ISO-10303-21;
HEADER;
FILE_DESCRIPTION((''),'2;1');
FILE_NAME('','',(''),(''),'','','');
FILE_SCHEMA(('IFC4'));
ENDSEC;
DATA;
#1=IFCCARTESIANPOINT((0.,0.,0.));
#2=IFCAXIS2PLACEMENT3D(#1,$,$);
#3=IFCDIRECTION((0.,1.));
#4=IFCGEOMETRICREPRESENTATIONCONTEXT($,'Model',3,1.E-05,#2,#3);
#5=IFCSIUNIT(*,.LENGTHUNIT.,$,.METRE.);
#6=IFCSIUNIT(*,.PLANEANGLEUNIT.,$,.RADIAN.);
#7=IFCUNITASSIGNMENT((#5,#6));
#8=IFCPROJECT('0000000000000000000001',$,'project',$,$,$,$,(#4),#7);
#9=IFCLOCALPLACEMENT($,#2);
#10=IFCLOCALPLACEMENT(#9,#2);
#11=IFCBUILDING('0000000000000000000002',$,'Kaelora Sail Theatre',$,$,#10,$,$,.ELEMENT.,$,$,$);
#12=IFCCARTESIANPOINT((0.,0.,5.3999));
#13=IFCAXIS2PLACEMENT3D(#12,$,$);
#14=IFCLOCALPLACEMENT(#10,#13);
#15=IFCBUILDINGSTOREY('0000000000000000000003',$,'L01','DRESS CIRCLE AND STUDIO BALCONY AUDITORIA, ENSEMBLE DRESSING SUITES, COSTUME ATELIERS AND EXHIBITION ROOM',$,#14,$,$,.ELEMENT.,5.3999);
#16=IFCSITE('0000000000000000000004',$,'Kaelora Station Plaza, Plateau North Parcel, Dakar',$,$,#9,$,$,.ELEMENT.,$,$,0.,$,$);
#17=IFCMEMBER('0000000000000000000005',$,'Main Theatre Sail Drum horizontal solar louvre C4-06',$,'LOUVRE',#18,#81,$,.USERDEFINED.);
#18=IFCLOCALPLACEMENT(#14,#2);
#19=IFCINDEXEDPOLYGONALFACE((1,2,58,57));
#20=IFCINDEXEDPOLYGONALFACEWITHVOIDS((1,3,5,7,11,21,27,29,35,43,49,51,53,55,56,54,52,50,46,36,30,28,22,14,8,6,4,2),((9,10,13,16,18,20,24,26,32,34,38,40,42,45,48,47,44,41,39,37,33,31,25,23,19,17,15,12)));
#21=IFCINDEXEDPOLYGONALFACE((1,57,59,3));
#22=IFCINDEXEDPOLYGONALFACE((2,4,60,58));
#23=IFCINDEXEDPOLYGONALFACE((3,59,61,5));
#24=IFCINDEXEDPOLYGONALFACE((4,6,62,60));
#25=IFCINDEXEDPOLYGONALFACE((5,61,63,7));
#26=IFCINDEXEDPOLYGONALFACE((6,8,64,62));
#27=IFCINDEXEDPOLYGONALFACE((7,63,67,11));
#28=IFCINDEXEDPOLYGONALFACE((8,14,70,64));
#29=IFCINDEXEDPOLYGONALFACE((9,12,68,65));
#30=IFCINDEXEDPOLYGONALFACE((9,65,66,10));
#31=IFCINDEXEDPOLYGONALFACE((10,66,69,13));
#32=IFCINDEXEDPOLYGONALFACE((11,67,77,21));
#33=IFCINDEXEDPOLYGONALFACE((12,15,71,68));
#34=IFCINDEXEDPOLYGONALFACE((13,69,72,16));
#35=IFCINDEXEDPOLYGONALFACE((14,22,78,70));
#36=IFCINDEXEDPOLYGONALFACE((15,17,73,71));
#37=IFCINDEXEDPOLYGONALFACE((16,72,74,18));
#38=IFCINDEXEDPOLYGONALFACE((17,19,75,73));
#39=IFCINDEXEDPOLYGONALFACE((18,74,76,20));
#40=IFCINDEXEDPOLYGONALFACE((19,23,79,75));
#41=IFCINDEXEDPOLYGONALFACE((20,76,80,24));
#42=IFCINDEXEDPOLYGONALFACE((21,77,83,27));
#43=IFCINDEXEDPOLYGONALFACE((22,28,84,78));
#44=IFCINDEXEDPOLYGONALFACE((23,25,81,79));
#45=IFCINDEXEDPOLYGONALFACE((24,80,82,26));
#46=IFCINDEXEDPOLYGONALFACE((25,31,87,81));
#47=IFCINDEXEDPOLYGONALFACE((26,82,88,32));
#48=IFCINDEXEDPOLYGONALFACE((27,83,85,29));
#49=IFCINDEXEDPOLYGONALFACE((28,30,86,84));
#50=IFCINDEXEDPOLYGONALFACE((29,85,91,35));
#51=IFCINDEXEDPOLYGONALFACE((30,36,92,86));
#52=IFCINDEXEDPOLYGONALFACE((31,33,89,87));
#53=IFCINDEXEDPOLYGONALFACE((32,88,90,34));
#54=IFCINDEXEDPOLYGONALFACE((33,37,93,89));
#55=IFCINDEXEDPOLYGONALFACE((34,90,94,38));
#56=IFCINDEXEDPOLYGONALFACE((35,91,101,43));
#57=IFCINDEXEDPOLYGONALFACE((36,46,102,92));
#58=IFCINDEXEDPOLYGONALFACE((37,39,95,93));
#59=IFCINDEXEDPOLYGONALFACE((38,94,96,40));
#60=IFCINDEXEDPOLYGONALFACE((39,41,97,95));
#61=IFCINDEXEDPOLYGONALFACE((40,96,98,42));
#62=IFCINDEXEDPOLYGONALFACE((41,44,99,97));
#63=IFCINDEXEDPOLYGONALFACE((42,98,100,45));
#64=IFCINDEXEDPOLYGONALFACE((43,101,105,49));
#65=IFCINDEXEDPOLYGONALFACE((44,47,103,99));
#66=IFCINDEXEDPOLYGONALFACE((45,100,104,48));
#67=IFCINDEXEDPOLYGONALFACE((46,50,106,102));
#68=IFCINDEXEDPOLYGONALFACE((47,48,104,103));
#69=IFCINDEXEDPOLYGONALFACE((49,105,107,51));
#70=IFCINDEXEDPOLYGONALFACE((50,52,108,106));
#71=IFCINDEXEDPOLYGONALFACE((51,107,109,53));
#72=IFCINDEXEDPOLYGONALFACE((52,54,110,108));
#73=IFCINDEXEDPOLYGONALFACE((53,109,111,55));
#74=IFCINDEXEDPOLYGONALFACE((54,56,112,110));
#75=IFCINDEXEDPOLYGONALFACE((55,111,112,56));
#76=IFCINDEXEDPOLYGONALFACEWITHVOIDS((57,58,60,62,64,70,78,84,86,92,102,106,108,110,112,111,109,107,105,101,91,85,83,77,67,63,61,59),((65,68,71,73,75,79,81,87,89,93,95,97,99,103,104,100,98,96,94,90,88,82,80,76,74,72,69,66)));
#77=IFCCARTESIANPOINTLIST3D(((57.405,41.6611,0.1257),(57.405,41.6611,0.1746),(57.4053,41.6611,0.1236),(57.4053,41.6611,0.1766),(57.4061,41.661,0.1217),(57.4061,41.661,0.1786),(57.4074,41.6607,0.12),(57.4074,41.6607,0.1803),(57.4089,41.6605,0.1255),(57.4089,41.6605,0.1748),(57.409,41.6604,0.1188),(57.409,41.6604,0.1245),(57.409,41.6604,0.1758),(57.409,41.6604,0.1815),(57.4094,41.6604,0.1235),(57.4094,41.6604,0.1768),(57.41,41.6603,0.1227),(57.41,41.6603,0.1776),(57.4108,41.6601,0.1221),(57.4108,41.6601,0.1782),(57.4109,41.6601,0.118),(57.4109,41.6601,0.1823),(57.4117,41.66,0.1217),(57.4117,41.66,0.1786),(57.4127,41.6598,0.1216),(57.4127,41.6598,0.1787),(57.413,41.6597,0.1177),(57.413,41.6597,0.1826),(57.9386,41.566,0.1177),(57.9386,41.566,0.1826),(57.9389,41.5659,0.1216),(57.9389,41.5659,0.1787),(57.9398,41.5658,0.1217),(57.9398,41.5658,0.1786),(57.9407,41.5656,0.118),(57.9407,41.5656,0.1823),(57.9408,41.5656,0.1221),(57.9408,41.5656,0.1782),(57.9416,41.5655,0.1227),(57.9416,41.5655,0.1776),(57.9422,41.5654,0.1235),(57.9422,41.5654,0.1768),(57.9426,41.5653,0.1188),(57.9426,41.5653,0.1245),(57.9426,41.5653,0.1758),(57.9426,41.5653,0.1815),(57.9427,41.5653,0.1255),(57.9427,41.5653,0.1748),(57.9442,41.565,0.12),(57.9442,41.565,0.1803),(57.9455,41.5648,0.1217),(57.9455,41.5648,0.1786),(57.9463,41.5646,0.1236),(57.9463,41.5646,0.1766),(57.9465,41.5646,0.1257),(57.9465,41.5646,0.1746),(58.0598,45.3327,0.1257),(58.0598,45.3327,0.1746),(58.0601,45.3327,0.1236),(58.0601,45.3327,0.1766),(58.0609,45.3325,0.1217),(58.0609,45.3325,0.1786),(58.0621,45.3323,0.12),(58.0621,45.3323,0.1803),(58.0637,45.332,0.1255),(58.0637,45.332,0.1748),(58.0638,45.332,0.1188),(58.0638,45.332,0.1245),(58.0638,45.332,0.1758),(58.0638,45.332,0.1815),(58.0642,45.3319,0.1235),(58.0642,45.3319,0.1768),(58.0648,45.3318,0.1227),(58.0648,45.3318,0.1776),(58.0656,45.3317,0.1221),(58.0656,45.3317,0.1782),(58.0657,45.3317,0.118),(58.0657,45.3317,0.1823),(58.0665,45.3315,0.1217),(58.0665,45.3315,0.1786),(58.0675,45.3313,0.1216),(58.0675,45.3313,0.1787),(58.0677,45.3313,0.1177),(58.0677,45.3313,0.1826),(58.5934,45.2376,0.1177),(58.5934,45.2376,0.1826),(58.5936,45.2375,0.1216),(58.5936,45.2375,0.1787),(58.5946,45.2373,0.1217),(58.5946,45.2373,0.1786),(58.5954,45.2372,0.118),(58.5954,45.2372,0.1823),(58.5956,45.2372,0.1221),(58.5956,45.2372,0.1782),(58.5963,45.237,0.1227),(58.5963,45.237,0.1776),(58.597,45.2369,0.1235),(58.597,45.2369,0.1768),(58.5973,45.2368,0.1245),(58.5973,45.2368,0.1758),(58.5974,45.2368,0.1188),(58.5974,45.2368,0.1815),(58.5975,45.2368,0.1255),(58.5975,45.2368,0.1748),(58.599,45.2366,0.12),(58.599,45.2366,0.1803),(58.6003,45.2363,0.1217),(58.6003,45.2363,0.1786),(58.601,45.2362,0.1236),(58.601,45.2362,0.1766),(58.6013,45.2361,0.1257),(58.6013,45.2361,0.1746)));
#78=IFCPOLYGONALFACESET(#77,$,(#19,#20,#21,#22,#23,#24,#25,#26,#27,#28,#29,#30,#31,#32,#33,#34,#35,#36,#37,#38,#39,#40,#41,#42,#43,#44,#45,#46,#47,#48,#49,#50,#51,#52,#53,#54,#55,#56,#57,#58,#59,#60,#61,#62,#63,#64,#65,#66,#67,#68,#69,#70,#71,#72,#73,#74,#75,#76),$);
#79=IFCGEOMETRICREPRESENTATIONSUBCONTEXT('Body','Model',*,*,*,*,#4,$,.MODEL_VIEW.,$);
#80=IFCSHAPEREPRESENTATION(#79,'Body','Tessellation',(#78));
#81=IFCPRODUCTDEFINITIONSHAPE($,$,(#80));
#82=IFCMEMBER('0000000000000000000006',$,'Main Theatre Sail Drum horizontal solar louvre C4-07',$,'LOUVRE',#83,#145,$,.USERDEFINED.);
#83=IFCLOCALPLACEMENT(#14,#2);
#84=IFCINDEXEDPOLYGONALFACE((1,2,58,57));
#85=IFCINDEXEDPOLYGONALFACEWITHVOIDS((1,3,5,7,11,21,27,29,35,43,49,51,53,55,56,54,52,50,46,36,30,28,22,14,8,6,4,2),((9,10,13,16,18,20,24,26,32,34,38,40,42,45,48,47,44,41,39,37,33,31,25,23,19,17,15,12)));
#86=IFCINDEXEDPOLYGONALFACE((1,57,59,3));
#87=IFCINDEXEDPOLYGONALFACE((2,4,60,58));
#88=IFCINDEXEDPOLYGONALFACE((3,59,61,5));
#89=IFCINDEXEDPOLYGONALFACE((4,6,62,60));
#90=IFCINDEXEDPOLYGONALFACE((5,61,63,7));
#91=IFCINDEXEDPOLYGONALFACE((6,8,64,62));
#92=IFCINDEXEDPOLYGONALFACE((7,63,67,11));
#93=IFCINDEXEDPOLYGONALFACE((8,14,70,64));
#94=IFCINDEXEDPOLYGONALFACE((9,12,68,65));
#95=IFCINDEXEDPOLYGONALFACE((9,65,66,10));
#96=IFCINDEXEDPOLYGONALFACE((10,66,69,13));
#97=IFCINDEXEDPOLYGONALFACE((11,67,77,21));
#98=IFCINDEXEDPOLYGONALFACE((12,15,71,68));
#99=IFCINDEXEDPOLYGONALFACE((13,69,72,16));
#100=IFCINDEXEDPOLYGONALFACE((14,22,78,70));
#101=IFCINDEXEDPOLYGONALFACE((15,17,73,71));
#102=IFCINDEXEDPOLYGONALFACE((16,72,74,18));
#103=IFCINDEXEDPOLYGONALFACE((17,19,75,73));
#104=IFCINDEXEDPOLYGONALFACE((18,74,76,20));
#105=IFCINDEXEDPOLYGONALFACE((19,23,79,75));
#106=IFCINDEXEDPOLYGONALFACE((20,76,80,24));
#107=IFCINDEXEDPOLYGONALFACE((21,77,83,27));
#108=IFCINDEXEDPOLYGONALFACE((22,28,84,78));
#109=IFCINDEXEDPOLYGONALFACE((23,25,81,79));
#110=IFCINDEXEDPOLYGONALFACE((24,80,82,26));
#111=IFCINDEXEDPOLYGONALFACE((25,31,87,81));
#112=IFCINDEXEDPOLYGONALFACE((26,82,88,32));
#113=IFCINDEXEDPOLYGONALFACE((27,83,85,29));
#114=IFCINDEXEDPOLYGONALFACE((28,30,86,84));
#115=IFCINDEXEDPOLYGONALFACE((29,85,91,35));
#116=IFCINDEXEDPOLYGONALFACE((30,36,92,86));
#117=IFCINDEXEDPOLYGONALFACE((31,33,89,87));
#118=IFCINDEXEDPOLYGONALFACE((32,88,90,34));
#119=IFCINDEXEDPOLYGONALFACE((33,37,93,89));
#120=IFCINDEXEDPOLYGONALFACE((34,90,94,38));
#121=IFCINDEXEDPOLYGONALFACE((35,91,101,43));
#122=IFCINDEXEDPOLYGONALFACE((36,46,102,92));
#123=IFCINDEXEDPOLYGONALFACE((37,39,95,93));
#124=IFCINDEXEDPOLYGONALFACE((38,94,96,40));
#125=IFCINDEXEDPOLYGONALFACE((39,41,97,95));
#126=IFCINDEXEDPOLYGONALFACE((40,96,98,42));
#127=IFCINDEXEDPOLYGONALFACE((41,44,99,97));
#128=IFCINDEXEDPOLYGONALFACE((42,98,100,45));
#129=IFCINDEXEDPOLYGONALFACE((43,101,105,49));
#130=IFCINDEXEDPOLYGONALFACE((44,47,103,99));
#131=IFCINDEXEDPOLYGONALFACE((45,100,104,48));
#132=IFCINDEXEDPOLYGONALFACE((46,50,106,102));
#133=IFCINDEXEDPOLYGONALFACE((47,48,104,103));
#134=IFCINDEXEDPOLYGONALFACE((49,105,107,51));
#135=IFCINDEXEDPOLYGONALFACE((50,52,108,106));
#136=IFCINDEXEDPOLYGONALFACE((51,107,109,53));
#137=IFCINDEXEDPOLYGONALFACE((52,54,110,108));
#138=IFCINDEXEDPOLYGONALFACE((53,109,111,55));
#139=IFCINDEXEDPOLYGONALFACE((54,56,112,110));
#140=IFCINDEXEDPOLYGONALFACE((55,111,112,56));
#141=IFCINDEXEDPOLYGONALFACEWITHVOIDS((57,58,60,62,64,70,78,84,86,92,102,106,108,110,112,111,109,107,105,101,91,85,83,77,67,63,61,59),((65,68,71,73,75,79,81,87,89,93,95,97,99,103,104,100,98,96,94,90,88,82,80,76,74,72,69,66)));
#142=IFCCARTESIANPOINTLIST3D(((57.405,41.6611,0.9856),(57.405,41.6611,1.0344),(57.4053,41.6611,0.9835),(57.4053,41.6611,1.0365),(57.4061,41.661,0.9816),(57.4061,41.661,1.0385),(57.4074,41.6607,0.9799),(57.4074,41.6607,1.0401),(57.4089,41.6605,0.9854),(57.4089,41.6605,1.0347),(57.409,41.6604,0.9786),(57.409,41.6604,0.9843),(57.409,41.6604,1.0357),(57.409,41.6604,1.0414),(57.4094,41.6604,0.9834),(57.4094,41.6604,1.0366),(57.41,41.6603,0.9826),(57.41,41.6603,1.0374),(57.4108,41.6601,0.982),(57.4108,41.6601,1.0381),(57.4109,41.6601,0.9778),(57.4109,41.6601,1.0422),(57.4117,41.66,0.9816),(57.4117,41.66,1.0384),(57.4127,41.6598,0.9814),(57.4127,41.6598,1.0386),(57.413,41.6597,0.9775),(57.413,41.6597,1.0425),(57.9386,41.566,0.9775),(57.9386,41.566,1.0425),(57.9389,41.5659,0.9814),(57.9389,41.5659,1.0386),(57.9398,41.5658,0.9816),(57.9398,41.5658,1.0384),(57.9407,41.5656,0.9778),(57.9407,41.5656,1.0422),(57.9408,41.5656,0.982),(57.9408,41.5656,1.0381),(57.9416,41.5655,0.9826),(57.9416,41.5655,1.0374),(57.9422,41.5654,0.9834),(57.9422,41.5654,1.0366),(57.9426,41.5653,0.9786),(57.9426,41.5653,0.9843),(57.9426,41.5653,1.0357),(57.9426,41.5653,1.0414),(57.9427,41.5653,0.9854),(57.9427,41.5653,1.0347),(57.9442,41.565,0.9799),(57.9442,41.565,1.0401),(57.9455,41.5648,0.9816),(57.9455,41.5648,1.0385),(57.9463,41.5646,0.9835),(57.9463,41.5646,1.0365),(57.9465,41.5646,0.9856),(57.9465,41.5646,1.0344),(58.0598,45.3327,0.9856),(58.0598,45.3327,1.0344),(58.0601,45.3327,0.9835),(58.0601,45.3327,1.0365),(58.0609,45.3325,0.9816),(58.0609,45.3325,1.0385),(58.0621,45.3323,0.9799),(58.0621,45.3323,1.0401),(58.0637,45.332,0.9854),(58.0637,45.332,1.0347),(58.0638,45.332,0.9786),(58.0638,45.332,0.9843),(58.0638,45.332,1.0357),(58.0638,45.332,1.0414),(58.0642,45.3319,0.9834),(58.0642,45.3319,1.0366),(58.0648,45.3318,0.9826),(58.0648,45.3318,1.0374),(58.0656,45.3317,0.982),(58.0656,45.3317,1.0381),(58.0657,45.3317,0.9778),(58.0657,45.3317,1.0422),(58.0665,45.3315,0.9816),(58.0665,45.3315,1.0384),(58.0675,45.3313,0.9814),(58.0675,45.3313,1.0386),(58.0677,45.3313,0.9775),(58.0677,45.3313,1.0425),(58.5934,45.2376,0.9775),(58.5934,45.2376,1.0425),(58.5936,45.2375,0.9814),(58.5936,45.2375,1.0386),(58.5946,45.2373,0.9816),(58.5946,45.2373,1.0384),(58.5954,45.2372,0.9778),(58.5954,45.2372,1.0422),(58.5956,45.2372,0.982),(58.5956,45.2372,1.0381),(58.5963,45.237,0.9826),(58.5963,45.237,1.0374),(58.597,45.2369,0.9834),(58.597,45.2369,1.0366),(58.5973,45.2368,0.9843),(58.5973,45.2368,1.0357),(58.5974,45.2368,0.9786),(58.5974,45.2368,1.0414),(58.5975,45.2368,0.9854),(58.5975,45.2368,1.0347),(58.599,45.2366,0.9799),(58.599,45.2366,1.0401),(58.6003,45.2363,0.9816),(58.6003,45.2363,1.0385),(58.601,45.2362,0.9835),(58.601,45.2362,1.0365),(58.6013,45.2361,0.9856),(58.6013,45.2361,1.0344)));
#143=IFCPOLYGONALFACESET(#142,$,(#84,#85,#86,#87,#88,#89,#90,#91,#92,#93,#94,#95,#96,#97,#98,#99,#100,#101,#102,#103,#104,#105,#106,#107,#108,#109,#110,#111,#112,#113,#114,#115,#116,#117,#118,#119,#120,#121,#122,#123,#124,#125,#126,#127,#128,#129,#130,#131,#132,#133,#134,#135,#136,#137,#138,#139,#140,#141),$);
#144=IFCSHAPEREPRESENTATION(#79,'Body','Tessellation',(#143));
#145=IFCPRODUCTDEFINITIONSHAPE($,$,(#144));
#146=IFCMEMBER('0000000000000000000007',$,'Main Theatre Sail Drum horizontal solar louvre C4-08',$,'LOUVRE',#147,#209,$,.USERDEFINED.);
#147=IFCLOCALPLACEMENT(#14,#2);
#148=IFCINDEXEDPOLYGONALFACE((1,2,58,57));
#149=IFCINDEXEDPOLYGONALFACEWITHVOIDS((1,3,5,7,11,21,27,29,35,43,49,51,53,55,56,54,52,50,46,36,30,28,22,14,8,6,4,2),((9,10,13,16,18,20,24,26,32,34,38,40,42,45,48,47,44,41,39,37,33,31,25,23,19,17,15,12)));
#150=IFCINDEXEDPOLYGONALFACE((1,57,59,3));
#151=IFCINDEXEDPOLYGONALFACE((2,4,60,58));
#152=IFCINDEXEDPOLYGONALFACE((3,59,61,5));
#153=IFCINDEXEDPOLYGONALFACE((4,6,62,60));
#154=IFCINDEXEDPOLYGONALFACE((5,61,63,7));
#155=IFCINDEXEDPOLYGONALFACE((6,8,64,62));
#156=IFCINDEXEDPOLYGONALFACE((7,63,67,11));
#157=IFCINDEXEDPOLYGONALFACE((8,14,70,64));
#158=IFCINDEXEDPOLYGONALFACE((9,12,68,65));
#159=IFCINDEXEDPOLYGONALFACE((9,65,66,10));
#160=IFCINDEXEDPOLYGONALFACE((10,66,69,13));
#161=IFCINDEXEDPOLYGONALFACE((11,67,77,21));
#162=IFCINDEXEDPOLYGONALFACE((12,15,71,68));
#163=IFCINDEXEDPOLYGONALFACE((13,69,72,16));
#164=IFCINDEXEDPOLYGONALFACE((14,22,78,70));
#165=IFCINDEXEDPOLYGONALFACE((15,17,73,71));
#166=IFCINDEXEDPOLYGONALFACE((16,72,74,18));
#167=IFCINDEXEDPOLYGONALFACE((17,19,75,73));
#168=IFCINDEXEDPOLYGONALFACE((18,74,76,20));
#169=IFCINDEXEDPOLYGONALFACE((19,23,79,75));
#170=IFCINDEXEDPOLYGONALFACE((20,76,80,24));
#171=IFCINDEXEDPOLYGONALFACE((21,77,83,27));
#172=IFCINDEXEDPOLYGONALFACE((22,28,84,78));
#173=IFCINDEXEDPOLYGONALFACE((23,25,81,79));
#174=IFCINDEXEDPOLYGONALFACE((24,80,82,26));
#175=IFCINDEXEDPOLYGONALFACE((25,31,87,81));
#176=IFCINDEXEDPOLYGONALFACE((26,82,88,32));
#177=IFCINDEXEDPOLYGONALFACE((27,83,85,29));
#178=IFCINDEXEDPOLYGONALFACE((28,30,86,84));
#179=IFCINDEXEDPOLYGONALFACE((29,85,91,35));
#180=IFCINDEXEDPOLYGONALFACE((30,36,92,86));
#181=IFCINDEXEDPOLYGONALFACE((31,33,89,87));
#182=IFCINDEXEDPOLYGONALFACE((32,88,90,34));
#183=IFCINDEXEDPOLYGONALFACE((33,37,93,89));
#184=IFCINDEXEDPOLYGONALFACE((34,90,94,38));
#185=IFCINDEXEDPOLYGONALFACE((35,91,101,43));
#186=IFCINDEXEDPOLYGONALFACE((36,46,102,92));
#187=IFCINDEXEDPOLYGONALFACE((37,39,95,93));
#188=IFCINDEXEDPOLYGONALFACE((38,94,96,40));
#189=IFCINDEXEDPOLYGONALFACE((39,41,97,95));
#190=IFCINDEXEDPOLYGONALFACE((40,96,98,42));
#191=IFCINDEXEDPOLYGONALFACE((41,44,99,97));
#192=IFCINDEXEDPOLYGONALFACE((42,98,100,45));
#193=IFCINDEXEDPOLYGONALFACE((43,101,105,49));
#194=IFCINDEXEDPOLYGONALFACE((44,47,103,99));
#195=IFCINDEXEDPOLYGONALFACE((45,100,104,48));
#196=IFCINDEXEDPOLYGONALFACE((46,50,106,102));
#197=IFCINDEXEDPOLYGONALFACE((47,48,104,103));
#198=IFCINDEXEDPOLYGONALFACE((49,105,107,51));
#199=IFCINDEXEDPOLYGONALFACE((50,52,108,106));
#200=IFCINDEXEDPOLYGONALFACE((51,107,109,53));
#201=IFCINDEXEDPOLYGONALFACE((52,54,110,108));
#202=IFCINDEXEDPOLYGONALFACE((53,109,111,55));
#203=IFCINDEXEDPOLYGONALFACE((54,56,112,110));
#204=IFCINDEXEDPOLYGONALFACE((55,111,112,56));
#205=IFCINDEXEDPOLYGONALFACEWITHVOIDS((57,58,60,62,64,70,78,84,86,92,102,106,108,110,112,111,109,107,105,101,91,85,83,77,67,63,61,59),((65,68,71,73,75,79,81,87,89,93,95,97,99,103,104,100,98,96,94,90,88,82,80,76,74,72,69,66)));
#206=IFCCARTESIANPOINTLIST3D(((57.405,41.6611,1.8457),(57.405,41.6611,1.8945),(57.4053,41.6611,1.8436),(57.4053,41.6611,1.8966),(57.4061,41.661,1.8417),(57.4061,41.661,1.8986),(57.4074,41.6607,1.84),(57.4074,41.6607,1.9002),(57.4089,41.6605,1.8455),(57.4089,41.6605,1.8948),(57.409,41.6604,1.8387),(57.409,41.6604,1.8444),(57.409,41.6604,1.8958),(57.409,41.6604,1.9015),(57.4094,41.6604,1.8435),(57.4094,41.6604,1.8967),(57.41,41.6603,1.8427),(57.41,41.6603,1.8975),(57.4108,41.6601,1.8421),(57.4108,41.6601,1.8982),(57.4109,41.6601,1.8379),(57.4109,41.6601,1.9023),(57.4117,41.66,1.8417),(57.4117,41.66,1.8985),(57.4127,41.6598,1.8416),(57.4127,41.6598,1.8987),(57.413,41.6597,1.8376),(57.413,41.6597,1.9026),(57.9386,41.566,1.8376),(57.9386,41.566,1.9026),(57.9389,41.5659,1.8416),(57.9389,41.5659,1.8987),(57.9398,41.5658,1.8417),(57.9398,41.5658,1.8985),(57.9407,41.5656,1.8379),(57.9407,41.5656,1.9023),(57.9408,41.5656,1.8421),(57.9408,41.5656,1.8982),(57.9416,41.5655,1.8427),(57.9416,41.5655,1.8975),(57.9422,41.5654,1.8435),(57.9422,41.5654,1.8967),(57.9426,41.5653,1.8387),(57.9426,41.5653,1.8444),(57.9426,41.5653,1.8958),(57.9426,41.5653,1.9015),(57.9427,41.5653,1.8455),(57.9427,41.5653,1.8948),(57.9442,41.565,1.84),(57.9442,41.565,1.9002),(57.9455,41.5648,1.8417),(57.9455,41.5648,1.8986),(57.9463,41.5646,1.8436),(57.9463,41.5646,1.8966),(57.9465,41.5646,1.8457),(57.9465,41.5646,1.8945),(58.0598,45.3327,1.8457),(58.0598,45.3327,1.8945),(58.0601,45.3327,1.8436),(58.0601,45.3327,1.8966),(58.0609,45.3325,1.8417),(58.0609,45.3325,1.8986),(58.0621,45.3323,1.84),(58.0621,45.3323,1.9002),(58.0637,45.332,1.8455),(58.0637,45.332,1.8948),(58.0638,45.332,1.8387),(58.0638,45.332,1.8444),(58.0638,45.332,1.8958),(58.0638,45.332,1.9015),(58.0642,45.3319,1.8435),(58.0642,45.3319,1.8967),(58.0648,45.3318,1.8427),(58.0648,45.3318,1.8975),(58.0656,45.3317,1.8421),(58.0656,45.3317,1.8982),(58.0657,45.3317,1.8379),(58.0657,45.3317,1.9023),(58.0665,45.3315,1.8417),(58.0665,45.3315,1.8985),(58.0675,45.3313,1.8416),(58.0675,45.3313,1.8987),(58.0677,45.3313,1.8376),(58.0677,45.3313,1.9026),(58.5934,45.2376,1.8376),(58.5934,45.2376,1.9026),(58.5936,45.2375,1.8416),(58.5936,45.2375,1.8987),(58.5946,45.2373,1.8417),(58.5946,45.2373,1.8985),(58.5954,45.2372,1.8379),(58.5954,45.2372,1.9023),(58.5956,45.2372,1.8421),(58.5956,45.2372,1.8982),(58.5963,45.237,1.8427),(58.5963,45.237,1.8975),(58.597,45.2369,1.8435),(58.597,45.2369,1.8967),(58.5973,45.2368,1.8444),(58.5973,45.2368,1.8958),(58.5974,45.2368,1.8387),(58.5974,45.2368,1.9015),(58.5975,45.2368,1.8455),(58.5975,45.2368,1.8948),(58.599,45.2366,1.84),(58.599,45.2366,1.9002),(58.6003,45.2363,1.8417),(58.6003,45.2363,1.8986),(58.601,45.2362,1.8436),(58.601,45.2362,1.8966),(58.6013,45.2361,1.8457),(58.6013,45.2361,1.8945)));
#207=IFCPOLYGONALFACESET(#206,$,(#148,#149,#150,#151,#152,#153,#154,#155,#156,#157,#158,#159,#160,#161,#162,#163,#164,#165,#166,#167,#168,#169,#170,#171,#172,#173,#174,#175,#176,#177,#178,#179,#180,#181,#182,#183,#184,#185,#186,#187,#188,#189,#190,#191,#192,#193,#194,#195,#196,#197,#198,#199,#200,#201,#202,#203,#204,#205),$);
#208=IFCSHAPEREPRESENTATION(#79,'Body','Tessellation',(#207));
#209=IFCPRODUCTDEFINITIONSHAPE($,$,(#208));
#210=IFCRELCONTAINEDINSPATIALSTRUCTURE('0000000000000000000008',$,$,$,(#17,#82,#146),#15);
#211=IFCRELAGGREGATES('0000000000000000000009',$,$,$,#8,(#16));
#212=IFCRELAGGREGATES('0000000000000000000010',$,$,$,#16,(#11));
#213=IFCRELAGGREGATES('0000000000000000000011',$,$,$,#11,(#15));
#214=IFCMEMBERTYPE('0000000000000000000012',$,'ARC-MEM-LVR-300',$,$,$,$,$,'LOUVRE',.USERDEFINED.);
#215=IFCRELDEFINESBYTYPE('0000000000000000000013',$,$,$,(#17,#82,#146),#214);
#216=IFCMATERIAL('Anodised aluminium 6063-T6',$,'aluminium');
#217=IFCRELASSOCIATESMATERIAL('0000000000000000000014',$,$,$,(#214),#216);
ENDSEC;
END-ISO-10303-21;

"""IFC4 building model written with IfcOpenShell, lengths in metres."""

from ifc_helpers import new_model, si_unit, direction, frame, origin, origin_2d, place, context, subcontext, project, spatial, hollow_rectangle, extrude, material, material_profile, profile_set, type_object, element, save


model = new_model("IFC4")

# Units and contexts
model_context = context("Model", 3, precision=1e-05, world=origin(), true_north=direction((0.0, 1.0)))
body_context = subcontext(model_context, "Body", "Model", "MODEL_VIEW")
ifc_project = project(units=[si_unit("LENGTHUNIT", "METRE"), si_unit("PLANEANGLEUNIT", "RADIAN")], contexts=[model_context])

# Site, building, storey
site_placement = place(None, origin())
site = spatial("IfcSite", under=ifc_project, at=site_placement, Name="Kaelora Station Plaza, Plateau North Parcel, Dakar", CompositionType="ELEMENT", RefElevation=0.0)
building_placement = place(site_placement, origin())
building = spatial("IfcBuilding", under=site, at=building_placement, Name="Kaelora Sail Theatre", CompositionType="ELEMENT")
storey_placement = place(building_placement, frame((0.0, 0.0, 5.3999)))
storey = spatial("IfcBuildingStorey", under=building, at=storey_placement, Name="L01", Description="DRESS CIRCLE AND STUDIO BALCONY AUDITORIA, ENSEMBLE DRESSING SUITES, COSTUME ATELIERS AND EXHIBITION ROOM", CompositionType="ELEMENT", Elevation=5.3999)

# Members
ifc_material_1 = material(Name="Anodised aluminium 6063-T6", Category="aluminium")
ifc_material_profile_1 = material_profile(ifc_material_1, hollow_rectangle(XDim=0.55, YDim=0.0649, WallThickness=0.0039, InnerFilletRadius=0.0039, OuterFilletRadius=0.0081, at=origin_2d()), Name="LOUVRE 550x65x4")
ifc_profile_set_1 = profile_set([ifc_material_profile_1], Name="Anodised aluminium 6063-T6")
member_type_1 = type_object("IfcMemberType", Name="ARC-MEM-LVR-300", ElementType="LOUVRE", PredefinedType="USERDEFINED", material=ifc_profile_set_1)
for number, where, z_axis, x_axis, name in (
    (1, (58.3306, 45.2844, 0.1501), (-0.175566, -0.984468, 0.0), (0.984468, -0.175566, 0.0), "Main Theatre Sail Drum horizontal solar louvre C4-06"),
    (2, (58.3306, 45.2844, 1.01), (-0.175566, -0.984468, 0.0), (0.984468, -0.175566, 0.0), "Main Theatre Sail Drum horizontal solar louvre C4-07"),
    (3, (58.3306, 45.2844, 1.8701), (-0.175566, -0.984468, 0.0), (0.984468, -0.175566, 0.0), "Main Theatre Sail Drum horizontal solar louvre C4-08"),
):
    element("IfcMember", number, at=place(storey_placement, frame(where, z_axis=z_axis, x_axis=x_axis)), inside=storey, type_object=member_type_1, Name=name, ObjectType="LOUVRE", PredefinedType="USERDEFINED", context=body_context, shape_type="SweptSolid", body=[
        extrude(hollow_rectangle(XDim=0.55, YDim=0.0649, WallThickness=0.0039, InnerFilletRadius=0.0039, OuterFilletRadius=0.0081, at=origin_2d()), origin(), (0.0, 0.0, 1.0), 3.7295),
    ])

save(model, "model.ifc")
